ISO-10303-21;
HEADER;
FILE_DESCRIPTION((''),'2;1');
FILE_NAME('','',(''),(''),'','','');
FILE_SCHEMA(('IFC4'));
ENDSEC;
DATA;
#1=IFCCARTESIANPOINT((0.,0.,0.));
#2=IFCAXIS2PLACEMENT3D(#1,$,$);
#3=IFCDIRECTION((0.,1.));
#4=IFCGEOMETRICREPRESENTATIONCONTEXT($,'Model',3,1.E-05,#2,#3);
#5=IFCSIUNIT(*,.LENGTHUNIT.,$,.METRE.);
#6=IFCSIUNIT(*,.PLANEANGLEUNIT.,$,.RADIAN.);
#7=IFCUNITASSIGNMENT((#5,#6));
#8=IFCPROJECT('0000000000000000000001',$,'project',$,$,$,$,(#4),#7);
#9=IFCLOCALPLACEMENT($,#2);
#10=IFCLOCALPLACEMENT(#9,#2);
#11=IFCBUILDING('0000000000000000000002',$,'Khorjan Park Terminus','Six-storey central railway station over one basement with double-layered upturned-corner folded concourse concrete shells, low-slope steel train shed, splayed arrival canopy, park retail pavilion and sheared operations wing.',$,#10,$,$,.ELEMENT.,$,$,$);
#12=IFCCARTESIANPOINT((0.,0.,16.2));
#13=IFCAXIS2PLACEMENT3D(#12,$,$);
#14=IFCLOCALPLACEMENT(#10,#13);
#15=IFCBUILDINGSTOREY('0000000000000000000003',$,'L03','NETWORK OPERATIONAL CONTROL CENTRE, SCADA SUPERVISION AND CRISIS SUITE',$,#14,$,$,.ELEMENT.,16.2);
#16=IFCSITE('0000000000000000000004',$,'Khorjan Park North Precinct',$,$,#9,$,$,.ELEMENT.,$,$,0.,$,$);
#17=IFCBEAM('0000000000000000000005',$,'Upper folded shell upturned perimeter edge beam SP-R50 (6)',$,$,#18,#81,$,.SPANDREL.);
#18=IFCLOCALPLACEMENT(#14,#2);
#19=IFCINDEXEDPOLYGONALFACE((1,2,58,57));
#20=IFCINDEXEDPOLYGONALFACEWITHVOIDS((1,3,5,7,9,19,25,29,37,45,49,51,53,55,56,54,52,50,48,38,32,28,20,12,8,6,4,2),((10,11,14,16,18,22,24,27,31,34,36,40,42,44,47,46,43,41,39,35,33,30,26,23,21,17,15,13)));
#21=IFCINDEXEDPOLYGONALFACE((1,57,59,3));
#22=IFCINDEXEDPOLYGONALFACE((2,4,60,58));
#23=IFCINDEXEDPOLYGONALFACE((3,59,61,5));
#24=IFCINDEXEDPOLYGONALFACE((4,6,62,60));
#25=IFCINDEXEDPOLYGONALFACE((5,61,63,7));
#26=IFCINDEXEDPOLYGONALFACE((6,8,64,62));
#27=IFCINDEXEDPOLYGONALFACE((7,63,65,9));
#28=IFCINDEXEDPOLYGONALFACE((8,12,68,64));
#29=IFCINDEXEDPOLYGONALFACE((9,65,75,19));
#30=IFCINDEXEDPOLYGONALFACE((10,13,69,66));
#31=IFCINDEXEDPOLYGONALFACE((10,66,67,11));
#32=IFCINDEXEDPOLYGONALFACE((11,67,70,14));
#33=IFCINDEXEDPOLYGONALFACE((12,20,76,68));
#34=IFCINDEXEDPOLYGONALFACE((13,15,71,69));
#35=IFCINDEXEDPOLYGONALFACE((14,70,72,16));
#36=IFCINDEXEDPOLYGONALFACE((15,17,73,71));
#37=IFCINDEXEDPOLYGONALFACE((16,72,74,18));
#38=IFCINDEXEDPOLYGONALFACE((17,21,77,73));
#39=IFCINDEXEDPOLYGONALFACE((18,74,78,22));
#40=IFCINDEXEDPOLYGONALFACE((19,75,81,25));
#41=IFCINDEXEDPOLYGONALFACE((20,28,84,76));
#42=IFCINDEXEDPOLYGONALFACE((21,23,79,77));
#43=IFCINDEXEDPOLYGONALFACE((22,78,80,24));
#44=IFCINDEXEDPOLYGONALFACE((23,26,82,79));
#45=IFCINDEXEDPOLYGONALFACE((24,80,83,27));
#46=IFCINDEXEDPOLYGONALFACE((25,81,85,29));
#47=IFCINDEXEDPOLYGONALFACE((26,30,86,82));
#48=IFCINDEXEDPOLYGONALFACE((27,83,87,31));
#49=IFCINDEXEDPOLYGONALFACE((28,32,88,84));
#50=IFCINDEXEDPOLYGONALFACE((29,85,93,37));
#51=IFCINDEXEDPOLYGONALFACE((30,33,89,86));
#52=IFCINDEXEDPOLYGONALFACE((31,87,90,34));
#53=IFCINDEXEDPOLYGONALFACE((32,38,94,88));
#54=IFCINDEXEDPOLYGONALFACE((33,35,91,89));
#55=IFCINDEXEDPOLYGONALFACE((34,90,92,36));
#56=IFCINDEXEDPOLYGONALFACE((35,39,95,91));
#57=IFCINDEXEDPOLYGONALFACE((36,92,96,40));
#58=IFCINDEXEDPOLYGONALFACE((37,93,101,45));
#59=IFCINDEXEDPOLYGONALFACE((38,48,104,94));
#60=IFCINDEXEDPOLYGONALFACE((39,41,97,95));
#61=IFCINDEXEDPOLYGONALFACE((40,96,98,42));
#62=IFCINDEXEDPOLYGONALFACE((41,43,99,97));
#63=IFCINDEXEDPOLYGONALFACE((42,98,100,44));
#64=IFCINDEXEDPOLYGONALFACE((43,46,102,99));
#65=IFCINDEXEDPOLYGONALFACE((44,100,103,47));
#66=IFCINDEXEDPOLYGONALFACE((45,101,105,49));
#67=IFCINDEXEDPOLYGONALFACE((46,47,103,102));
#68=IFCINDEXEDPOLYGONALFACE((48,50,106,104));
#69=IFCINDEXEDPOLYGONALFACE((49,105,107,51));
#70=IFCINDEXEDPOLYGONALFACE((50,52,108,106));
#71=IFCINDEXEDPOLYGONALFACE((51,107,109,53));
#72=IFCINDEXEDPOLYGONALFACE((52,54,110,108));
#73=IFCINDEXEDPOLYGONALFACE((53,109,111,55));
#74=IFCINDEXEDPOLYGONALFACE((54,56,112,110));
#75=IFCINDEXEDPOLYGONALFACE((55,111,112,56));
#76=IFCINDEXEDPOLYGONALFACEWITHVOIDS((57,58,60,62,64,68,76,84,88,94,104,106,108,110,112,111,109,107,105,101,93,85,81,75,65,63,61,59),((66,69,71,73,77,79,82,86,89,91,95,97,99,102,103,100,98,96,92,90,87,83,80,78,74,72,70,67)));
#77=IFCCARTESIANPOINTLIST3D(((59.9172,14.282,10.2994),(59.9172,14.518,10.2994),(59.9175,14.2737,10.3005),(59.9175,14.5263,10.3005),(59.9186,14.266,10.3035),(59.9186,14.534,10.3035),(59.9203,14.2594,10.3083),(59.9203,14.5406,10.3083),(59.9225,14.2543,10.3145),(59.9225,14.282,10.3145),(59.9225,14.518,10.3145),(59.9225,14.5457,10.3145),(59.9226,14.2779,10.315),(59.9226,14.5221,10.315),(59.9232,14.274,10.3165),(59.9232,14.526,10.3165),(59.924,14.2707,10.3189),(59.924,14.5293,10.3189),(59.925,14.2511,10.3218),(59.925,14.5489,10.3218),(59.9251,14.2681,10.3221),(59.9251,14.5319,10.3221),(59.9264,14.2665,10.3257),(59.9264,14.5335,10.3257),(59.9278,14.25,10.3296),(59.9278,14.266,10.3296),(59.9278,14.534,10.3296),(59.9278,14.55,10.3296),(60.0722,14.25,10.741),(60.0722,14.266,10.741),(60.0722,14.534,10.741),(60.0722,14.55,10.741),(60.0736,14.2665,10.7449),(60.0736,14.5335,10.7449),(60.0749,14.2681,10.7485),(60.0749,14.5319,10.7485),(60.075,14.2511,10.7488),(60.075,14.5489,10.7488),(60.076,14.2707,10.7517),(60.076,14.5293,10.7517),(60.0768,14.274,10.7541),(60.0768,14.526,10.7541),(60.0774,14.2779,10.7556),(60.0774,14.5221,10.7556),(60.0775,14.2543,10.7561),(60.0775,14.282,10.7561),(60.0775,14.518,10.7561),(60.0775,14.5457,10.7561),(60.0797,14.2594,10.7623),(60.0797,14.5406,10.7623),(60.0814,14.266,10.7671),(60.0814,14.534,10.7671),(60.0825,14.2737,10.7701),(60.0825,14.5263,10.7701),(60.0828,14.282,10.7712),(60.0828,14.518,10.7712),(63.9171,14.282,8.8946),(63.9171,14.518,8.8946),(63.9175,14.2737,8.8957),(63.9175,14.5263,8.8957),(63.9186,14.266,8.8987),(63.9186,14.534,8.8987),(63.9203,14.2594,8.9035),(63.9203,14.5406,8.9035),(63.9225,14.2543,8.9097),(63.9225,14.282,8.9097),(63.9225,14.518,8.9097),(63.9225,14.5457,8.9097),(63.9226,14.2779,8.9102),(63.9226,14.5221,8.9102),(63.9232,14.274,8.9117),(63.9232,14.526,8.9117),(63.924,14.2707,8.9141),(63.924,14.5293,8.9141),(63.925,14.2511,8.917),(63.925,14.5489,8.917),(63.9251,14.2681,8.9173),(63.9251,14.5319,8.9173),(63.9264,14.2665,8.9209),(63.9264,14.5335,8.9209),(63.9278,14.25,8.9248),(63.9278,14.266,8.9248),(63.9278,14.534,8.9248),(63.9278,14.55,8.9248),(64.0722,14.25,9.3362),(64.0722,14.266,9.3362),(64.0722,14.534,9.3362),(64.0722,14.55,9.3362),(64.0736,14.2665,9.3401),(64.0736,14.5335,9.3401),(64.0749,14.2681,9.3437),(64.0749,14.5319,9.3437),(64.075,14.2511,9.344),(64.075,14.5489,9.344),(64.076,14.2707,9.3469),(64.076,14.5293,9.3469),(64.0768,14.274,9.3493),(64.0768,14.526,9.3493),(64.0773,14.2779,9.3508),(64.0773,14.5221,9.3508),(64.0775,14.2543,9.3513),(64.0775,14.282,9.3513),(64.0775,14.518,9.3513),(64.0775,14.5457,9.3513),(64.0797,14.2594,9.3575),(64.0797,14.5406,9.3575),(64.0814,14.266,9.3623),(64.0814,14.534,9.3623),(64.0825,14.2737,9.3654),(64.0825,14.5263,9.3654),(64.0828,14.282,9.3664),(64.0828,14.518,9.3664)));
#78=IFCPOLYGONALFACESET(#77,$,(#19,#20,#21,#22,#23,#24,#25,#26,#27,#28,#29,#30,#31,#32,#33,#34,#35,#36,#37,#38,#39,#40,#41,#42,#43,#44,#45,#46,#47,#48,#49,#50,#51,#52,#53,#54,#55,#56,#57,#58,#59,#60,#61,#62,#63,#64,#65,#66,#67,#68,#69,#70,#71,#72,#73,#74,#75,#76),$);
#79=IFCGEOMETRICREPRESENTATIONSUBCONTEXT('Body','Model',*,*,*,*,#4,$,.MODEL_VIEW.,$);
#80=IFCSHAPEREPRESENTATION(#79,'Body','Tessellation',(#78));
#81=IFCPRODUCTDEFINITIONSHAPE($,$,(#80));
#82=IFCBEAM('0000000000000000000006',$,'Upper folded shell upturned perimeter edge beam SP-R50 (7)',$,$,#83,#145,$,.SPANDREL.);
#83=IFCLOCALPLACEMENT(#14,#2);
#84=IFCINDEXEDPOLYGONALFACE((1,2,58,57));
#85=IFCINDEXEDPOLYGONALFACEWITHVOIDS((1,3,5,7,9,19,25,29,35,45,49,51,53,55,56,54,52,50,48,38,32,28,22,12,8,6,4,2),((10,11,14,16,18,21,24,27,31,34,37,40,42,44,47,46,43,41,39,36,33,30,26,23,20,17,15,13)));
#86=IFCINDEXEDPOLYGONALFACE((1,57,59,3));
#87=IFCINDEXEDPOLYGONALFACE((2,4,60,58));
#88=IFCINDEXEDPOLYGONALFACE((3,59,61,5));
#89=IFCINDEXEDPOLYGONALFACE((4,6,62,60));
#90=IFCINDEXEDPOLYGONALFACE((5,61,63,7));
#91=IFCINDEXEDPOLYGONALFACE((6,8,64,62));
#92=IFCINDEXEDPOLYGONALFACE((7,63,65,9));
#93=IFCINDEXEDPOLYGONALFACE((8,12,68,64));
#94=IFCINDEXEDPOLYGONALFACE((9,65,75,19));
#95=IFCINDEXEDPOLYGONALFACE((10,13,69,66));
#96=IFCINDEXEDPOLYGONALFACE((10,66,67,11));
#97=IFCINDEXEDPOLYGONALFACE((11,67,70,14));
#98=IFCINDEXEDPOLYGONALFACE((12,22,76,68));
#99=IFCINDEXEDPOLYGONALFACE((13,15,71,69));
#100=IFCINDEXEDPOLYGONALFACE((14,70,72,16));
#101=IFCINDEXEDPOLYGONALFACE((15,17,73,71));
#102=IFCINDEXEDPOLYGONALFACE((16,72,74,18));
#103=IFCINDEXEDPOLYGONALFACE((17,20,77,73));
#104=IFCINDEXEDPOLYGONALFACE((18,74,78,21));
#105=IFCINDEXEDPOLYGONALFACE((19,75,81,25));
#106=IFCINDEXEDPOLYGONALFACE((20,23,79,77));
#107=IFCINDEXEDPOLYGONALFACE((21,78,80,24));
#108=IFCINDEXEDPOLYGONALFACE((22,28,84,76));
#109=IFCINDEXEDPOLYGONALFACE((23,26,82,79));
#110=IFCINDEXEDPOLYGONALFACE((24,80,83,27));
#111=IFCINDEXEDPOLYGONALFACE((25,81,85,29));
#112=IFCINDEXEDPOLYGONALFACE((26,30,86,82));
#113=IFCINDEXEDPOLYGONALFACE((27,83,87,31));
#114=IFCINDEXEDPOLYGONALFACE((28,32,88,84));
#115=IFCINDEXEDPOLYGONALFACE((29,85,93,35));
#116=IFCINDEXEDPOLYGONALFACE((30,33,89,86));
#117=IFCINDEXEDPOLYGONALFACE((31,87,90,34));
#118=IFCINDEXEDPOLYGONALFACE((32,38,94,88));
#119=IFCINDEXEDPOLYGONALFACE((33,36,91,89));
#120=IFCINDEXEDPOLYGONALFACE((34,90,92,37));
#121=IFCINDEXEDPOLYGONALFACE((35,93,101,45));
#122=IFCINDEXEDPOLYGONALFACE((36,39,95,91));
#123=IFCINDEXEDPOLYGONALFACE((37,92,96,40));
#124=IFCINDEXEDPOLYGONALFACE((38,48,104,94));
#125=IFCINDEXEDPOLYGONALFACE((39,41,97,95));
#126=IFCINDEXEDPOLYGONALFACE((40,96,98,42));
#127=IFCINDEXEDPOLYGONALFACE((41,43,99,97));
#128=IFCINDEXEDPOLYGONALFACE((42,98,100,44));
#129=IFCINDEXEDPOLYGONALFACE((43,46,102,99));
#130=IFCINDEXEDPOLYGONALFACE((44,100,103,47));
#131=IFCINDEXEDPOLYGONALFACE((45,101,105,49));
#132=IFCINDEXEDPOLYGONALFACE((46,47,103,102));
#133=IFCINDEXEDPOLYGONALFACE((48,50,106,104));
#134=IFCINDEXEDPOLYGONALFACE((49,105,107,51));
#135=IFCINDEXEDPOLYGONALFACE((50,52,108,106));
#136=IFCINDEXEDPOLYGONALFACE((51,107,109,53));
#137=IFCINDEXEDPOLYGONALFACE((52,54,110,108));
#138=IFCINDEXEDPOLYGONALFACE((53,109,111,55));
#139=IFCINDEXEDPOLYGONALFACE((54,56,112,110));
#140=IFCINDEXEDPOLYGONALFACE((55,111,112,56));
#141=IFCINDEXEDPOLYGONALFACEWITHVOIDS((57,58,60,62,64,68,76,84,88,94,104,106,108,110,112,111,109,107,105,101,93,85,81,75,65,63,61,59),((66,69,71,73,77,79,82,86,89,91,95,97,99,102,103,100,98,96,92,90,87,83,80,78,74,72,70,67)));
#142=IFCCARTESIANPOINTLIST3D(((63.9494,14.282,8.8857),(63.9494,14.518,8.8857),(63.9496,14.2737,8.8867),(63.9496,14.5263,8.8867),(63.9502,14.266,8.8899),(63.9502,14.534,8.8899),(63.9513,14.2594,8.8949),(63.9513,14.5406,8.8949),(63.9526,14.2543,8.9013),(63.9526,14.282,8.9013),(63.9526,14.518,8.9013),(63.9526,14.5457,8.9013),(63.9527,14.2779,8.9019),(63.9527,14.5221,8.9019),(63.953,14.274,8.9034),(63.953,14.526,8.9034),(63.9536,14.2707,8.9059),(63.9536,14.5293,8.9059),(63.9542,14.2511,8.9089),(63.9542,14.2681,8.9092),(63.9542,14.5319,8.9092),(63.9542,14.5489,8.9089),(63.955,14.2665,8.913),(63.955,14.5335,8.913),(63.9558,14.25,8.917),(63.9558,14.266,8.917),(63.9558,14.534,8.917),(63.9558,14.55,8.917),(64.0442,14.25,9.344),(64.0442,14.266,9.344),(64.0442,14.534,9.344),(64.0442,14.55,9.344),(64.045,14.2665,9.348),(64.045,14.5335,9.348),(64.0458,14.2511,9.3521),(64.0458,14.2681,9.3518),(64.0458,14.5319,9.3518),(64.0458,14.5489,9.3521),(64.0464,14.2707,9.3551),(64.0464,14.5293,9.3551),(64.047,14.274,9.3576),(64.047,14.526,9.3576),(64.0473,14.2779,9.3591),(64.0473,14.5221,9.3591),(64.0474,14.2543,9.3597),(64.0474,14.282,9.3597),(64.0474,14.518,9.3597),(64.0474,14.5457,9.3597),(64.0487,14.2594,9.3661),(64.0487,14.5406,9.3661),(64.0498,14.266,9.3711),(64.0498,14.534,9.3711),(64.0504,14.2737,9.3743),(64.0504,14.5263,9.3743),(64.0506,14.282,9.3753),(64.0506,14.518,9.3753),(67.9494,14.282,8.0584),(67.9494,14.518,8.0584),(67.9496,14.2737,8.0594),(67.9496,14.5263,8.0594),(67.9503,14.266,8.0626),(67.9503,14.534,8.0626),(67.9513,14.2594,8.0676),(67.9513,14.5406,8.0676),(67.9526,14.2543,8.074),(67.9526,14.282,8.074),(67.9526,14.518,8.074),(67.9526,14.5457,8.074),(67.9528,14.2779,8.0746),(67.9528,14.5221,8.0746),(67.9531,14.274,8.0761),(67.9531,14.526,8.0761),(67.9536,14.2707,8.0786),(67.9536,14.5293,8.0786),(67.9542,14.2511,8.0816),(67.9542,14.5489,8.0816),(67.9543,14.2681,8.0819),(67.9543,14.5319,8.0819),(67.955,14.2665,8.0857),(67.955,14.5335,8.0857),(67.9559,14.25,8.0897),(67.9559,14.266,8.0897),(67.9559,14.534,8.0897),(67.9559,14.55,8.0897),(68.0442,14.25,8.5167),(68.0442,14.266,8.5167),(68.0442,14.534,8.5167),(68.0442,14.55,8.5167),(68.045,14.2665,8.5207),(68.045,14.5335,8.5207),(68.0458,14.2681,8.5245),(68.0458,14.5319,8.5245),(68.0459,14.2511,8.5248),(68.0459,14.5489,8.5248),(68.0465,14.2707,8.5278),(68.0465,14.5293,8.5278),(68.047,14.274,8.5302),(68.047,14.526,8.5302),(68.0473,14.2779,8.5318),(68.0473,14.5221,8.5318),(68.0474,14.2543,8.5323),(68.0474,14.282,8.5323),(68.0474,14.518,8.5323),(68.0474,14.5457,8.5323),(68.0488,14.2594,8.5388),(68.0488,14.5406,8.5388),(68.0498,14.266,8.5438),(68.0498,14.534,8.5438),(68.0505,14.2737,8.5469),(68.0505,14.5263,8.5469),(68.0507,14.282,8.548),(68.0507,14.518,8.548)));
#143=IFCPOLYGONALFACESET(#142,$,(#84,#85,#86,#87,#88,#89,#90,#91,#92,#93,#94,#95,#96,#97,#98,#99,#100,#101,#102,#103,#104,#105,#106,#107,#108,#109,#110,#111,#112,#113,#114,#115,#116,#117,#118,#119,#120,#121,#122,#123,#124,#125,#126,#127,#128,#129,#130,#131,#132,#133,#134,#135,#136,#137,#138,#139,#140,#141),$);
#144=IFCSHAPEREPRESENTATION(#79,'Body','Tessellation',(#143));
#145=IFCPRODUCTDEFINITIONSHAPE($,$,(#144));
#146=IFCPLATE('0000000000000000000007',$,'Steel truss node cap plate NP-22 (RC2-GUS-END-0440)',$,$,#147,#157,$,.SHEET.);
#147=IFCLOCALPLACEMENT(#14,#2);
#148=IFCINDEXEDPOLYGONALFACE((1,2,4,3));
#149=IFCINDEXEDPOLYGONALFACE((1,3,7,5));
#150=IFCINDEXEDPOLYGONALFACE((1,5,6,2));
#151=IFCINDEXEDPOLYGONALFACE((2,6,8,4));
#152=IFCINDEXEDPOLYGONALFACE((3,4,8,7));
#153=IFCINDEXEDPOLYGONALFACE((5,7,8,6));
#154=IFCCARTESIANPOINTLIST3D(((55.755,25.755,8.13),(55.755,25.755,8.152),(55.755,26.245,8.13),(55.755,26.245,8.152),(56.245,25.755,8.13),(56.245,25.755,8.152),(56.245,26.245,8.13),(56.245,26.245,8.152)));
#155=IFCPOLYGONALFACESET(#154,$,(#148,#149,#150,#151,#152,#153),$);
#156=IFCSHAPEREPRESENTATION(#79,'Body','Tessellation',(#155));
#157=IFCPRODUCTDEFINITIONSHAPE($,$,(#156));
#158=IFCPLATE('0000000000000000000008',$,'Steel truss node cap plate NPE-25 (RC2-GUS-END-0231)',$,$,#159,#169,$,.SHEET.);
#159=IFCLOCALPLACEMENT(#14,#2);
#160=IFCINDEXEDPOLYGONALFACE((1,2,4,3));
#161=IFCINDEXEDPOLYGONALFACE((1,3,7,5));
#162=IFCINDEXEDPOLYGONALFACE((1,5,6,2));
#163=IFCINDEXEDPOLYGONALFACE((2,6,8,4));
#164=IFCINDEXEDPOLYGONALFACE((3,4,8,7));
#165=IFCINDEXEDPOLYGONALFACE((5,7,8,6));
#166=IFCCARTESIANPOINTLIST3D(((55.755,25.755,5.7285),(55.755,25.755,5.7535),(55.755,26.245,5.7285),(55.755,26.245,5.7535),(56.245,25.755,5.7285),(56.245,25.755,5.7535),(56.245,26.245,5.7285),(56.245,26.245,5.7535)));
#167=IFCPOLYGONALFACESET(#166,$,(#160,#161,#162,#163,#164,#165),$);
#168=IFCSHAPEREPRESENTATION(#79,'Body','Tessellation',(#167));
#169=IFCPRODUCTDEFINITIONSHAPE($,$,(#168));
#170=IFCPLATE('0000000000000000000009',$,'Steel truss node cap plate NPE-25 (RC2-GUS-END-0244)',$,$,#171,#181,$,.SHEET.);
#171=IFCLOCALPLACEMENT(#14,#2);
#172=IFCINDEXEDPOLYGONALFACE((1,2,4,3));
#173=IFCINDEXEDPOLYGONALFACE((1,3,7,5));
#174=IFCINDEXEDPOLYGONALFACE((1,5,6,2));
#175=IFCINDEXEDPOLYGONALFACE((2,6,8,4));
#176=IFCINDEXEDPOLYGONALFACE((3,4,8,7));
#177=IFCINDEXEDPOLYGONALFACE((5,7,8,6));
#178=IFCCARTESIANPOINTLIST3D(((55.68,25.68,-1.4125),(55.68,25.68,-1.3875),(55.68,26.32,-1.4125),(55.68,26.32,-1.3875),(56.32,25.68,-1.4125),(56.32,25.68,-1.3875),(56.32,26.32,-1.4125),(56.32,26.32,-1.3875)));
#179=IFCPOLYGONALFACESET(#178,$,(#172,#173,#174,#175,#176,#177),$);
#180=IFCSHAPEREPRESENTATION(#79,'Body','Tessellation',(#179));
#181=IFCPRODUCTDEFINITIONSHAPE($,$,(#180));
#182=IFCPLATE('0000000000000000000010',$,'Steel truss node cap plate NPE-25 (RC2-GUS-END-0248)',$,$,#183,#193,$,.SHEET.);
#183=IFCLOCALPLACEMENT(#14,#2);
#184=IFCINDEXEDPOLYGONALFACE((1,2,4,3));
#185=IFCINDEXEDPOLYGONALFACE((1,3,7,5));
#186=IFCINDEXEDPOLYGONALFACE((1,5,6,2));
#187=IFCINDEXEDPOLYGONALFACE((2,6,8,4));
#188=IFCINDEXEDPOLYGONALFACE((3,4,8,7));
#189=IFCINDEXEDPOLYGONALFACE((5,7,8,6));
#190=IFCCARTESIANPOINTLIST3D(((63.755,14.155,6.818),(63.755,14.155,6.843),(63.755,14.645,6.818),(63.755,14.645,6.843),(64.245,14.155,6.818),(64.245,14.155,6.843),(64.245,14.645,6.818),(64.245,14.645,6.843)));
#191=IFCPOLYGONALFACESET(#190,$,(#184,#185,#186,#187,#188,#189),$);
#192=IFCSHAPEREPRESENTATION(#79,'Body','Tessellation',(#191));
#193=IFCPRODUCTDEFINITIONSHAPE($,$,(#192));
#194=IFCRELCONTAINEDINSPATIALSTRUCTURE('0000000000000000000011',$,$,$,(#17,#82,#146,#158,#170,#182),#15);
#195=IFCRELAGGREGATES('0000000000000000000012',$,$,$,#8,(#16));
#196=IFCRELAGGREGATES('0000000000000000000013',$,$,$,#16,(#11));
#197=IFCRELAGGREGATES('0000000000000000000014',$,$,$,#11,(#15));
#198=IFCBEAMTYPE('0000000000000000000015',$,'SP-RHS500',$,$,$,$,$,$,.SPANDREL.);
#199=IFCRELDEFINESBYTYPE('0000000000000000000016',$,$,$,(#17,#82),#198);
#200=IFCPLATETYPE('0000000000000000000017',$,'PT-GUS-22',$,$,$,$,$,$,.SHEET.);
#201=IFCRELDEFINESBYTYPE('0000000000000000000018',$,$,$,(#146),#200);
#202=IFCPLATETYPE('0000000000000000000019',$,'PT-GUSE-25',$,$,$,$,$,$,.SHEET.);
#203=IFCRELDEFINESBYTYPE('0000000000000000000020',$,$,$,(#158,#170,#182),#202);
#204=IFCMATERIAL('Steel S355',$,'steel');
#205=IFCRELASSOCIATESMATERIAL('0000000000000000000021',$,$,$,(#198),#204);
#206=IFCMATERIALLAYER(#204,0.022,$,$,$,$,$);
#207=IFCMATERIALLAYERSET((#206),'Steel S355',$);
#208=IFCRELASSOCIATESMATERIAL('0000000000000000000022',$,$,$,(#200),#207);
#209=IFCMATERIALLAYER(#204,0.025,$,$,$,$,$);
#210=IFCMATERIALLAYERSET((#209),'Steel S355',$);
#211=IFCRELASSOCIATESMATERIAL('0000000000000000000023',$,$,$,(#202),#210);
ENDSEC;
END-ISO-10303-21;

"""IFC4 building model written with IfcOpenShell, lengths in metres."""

from ifc_helpers import new_model, si_unit, direction, frame, origin, origin_2d, place, context, subcontext, project, spatial, rectangle, hollow_rectangle, extrude, material, layer, layer_set, material_profile, profile_set, type_object, element, save


model = new_model("IFC4")

# Units and contexts
model_context = context("Model", 3, precision=1e-05, world=origin(), true_north=direction((0.0, 1.0)))
body_context = subcontext(model_context, "Body", "Model", "MODEL_VIEW")
ifc_project = project(units=[si_unit("LENGTHUNIT", "METRE"), si_unit("PLANEANGLEUNIT", "RADIAN")], contexts=[model_context])

# Site, building, storey
site_placement = place(None, origin())
site = spatial("IfcSite", under=ifc_project, at=site_placement, Name="Khorjan Park North Precinct", CompositionType="ELEMENT", RefElevation=0.0)
building_placement = place(site_placement, origin())
building = spatial("IfcBuilding", under=site, at=building_placement, Name="Khorjan Park Terminus", Description="Six-storey central railway station over one basement with double-layered upturned-corner folded concourse concrete shells, low-slope steel train shed, splayed arrival canopy, park retail pavilion and sheared operations wing.", CompositionType="ELEMENT")
storey_placement = place(building_placement, frame((0.0, 0.0, 16.2)))
storey = spatial("IfcBuildingStorey", under=building, at=storey_placement, Name="L03", Description="NETWORK OPERATIONAL CONTROL CENTRE, SCADA SUPERVISION AND CRISIS SUITE", CompositionType="ELEMENT", Elevation=16.2)

# Shared definitions
ifc_material_1 = material(Name="Steel S355", Category="steel")

# Beams
ifc_material_profile_1 = material_profile(ifc_material_1, hollow_rectangle(XDim=0.3, YDim=0.5, WallThickness=0.016, InnerFilletRadius=0.016, OuterFilletRadius=0.032, at=origin_2d()), Name="RHS 500x300x16")
ifc_profile_set_1 = profile_set([ifc_material_profile_1], Name="Steel S355")
beam_type_1 = type_object("IfcBeamType", Name="SP-RHS500", PredefinedType="SPANDREL", material=ifc_profile_set_1)
beam_1_placement = place(storey_placement, frame((60.0, 14.4, 10.5353), z_axis=(0.943505, 0.0, -0.331359), x_axis=(0.0, 1.0, 0.0)))
element("IfcBeam", 1, at=beam_1_placement, inside=storey, type_object=beam_type_1, Name="Upper folded shell upturned perimeter edge beam SP-R50 (6)", PredefinedType="SPANDREL", context=body_context, shape_type="SweptSolid", body=[
    extrude(hollow_rectangle(XDim=0.3, YDim=0.5, WallThickness=0.016, InnerFilletRadius=0.016, OuterFilletRadius=0.032, at=origin_2d()), origin(), (0.0, 0.0, 1.0), 4.2395),
])
beam_2_placement = place(storey_placement, frame((64.0, 14.4, 9.1305), z_axis=(0.979274, 0.0, -0.202538), x_axis=(0.0, 1.0, 0.0)))
element("IfcBeam", 2, at=beam_2_placement, inside=storey, type_object=beam_type_1, Name="Upper folded shell upturned perimeter edge beam SP-R50 (7)", PredefinedType="SPANDREL", context=body_context, shape_type="SweptSolid", body=[
    extrude(hollow_rectangle(XDim=0.3, YDim=0.5, WallThickness=0.016, InnerFilletRadius=0.016, OuterFilletRadius=0.032, at=origin_2d()), origin(), (0.0, 0.0, 1.0), 4.0847),
])

# Plates
ifc_layer_1 = layer(ifc_material_1, 0.022)
ifc_layer_set_1 = layer_set([ifc_layer_1], Name="Steel S355")
plate_type_1 = type_object("IfcPlateType", Name="PT-GUS-22", PredefinedType="SHEET", material=ifc_layer_set_1)
plate_1_placement = place(storey_placement, frame((56.0, 26.0, 8.13), z_axis=(0.0, 0.0, 1.0), x_axis=(1.0, 0.0, 0.0)))
element("IfcPlate", 3, at=plate_1_placement, inside=storey, type_object=plate_type_1, Name="Steel truss node cap plate NP-22 (RC2-GUS-END-0440)", PredefinedType="SHEET", context=body_context, shape_type="SweptSolid", body=[
    extrude(rectangle(XDim=0.49, YDim=0.49, at=origin_2d()), origin(), (0.0, 0.0, 1.0), 0.022),
])
ifc_layer_2 = layer(ifc_material_1, 0.025)
ifc_layer_set_2 = layer_set([ifc_layer_2], Name="Steel S355")
plate_type_2 = type_object("IfcPlateType", Name="PT-GUSE-25", PredefinedType="SHEET", material=ifc_layer_set_2)
plate_2_placement = place(storey_placement, frame((56.0, 26.0, 5.7285), z_axis=(0.0, 0.0, 1.0), x_axis=(1.0, 0.0, 0.0)))
element("IfcPlate", 4, at=plate_2_placement, inside=storey, type_object=plate_type_2, Name="Steel truss node cap plate NPE-25 (RC2-GUS-END-0231)", PredefinedType="SHEET", context=body_context, shape_type="SweptSolid", body=[
    extrude(rectangle(XDim=0.49, YDim=0.49, at=origin_2d()), origin(), (0.0, 0.0, 1.0), 0.025),
])
plate_3_placement = place(storey_placement, frame((56.0, 26.0, -1.4125), z_axis=(0.0, 0.0, 1.0), x_axis=(1.0, 0.0, 0.0)))
element("IfcPlate", 5, at=plate_3_placement, inside=storey, type_object=plate_type_2, Name="Steel truss node cap plate NPE-25 (RC2-GUS-END-0244)", PredefinedType="SHEET", context=body_context, shape_type="SweptSolid", body=[
    extrude(rectangle(XDim=0.64, YDim=0.64, at=origin_2d()), origin(), (0.0, 0.0, 1.0), 0.025),
])
for number, where, z_axis, x_axis, name in (
    (6, (64.0, 14.4, 6.818), (0.0, 0.0, 1.0), (1.0, 0.0, 0.0), "Steel truss node cap plate NPE-25 (RC2-GUS-END-0248)"),
):
    element("IfcPlate", number, at=place(storey_placement, frame(where, z_axis=z_axis, x_axis=x_axis)), inside=storey, type_object=plate_type_2, Name=name, PredefinedType="SHEET", context=body_context, shape_type="SweptSolid", body=[
        extrude(rectangle(XDim=0.49, YDim=0.49, at=origin_2d()), origin(), (0.0, 0.0, 1.0), 0.025),
    ])

save(model, "model.ifc")
